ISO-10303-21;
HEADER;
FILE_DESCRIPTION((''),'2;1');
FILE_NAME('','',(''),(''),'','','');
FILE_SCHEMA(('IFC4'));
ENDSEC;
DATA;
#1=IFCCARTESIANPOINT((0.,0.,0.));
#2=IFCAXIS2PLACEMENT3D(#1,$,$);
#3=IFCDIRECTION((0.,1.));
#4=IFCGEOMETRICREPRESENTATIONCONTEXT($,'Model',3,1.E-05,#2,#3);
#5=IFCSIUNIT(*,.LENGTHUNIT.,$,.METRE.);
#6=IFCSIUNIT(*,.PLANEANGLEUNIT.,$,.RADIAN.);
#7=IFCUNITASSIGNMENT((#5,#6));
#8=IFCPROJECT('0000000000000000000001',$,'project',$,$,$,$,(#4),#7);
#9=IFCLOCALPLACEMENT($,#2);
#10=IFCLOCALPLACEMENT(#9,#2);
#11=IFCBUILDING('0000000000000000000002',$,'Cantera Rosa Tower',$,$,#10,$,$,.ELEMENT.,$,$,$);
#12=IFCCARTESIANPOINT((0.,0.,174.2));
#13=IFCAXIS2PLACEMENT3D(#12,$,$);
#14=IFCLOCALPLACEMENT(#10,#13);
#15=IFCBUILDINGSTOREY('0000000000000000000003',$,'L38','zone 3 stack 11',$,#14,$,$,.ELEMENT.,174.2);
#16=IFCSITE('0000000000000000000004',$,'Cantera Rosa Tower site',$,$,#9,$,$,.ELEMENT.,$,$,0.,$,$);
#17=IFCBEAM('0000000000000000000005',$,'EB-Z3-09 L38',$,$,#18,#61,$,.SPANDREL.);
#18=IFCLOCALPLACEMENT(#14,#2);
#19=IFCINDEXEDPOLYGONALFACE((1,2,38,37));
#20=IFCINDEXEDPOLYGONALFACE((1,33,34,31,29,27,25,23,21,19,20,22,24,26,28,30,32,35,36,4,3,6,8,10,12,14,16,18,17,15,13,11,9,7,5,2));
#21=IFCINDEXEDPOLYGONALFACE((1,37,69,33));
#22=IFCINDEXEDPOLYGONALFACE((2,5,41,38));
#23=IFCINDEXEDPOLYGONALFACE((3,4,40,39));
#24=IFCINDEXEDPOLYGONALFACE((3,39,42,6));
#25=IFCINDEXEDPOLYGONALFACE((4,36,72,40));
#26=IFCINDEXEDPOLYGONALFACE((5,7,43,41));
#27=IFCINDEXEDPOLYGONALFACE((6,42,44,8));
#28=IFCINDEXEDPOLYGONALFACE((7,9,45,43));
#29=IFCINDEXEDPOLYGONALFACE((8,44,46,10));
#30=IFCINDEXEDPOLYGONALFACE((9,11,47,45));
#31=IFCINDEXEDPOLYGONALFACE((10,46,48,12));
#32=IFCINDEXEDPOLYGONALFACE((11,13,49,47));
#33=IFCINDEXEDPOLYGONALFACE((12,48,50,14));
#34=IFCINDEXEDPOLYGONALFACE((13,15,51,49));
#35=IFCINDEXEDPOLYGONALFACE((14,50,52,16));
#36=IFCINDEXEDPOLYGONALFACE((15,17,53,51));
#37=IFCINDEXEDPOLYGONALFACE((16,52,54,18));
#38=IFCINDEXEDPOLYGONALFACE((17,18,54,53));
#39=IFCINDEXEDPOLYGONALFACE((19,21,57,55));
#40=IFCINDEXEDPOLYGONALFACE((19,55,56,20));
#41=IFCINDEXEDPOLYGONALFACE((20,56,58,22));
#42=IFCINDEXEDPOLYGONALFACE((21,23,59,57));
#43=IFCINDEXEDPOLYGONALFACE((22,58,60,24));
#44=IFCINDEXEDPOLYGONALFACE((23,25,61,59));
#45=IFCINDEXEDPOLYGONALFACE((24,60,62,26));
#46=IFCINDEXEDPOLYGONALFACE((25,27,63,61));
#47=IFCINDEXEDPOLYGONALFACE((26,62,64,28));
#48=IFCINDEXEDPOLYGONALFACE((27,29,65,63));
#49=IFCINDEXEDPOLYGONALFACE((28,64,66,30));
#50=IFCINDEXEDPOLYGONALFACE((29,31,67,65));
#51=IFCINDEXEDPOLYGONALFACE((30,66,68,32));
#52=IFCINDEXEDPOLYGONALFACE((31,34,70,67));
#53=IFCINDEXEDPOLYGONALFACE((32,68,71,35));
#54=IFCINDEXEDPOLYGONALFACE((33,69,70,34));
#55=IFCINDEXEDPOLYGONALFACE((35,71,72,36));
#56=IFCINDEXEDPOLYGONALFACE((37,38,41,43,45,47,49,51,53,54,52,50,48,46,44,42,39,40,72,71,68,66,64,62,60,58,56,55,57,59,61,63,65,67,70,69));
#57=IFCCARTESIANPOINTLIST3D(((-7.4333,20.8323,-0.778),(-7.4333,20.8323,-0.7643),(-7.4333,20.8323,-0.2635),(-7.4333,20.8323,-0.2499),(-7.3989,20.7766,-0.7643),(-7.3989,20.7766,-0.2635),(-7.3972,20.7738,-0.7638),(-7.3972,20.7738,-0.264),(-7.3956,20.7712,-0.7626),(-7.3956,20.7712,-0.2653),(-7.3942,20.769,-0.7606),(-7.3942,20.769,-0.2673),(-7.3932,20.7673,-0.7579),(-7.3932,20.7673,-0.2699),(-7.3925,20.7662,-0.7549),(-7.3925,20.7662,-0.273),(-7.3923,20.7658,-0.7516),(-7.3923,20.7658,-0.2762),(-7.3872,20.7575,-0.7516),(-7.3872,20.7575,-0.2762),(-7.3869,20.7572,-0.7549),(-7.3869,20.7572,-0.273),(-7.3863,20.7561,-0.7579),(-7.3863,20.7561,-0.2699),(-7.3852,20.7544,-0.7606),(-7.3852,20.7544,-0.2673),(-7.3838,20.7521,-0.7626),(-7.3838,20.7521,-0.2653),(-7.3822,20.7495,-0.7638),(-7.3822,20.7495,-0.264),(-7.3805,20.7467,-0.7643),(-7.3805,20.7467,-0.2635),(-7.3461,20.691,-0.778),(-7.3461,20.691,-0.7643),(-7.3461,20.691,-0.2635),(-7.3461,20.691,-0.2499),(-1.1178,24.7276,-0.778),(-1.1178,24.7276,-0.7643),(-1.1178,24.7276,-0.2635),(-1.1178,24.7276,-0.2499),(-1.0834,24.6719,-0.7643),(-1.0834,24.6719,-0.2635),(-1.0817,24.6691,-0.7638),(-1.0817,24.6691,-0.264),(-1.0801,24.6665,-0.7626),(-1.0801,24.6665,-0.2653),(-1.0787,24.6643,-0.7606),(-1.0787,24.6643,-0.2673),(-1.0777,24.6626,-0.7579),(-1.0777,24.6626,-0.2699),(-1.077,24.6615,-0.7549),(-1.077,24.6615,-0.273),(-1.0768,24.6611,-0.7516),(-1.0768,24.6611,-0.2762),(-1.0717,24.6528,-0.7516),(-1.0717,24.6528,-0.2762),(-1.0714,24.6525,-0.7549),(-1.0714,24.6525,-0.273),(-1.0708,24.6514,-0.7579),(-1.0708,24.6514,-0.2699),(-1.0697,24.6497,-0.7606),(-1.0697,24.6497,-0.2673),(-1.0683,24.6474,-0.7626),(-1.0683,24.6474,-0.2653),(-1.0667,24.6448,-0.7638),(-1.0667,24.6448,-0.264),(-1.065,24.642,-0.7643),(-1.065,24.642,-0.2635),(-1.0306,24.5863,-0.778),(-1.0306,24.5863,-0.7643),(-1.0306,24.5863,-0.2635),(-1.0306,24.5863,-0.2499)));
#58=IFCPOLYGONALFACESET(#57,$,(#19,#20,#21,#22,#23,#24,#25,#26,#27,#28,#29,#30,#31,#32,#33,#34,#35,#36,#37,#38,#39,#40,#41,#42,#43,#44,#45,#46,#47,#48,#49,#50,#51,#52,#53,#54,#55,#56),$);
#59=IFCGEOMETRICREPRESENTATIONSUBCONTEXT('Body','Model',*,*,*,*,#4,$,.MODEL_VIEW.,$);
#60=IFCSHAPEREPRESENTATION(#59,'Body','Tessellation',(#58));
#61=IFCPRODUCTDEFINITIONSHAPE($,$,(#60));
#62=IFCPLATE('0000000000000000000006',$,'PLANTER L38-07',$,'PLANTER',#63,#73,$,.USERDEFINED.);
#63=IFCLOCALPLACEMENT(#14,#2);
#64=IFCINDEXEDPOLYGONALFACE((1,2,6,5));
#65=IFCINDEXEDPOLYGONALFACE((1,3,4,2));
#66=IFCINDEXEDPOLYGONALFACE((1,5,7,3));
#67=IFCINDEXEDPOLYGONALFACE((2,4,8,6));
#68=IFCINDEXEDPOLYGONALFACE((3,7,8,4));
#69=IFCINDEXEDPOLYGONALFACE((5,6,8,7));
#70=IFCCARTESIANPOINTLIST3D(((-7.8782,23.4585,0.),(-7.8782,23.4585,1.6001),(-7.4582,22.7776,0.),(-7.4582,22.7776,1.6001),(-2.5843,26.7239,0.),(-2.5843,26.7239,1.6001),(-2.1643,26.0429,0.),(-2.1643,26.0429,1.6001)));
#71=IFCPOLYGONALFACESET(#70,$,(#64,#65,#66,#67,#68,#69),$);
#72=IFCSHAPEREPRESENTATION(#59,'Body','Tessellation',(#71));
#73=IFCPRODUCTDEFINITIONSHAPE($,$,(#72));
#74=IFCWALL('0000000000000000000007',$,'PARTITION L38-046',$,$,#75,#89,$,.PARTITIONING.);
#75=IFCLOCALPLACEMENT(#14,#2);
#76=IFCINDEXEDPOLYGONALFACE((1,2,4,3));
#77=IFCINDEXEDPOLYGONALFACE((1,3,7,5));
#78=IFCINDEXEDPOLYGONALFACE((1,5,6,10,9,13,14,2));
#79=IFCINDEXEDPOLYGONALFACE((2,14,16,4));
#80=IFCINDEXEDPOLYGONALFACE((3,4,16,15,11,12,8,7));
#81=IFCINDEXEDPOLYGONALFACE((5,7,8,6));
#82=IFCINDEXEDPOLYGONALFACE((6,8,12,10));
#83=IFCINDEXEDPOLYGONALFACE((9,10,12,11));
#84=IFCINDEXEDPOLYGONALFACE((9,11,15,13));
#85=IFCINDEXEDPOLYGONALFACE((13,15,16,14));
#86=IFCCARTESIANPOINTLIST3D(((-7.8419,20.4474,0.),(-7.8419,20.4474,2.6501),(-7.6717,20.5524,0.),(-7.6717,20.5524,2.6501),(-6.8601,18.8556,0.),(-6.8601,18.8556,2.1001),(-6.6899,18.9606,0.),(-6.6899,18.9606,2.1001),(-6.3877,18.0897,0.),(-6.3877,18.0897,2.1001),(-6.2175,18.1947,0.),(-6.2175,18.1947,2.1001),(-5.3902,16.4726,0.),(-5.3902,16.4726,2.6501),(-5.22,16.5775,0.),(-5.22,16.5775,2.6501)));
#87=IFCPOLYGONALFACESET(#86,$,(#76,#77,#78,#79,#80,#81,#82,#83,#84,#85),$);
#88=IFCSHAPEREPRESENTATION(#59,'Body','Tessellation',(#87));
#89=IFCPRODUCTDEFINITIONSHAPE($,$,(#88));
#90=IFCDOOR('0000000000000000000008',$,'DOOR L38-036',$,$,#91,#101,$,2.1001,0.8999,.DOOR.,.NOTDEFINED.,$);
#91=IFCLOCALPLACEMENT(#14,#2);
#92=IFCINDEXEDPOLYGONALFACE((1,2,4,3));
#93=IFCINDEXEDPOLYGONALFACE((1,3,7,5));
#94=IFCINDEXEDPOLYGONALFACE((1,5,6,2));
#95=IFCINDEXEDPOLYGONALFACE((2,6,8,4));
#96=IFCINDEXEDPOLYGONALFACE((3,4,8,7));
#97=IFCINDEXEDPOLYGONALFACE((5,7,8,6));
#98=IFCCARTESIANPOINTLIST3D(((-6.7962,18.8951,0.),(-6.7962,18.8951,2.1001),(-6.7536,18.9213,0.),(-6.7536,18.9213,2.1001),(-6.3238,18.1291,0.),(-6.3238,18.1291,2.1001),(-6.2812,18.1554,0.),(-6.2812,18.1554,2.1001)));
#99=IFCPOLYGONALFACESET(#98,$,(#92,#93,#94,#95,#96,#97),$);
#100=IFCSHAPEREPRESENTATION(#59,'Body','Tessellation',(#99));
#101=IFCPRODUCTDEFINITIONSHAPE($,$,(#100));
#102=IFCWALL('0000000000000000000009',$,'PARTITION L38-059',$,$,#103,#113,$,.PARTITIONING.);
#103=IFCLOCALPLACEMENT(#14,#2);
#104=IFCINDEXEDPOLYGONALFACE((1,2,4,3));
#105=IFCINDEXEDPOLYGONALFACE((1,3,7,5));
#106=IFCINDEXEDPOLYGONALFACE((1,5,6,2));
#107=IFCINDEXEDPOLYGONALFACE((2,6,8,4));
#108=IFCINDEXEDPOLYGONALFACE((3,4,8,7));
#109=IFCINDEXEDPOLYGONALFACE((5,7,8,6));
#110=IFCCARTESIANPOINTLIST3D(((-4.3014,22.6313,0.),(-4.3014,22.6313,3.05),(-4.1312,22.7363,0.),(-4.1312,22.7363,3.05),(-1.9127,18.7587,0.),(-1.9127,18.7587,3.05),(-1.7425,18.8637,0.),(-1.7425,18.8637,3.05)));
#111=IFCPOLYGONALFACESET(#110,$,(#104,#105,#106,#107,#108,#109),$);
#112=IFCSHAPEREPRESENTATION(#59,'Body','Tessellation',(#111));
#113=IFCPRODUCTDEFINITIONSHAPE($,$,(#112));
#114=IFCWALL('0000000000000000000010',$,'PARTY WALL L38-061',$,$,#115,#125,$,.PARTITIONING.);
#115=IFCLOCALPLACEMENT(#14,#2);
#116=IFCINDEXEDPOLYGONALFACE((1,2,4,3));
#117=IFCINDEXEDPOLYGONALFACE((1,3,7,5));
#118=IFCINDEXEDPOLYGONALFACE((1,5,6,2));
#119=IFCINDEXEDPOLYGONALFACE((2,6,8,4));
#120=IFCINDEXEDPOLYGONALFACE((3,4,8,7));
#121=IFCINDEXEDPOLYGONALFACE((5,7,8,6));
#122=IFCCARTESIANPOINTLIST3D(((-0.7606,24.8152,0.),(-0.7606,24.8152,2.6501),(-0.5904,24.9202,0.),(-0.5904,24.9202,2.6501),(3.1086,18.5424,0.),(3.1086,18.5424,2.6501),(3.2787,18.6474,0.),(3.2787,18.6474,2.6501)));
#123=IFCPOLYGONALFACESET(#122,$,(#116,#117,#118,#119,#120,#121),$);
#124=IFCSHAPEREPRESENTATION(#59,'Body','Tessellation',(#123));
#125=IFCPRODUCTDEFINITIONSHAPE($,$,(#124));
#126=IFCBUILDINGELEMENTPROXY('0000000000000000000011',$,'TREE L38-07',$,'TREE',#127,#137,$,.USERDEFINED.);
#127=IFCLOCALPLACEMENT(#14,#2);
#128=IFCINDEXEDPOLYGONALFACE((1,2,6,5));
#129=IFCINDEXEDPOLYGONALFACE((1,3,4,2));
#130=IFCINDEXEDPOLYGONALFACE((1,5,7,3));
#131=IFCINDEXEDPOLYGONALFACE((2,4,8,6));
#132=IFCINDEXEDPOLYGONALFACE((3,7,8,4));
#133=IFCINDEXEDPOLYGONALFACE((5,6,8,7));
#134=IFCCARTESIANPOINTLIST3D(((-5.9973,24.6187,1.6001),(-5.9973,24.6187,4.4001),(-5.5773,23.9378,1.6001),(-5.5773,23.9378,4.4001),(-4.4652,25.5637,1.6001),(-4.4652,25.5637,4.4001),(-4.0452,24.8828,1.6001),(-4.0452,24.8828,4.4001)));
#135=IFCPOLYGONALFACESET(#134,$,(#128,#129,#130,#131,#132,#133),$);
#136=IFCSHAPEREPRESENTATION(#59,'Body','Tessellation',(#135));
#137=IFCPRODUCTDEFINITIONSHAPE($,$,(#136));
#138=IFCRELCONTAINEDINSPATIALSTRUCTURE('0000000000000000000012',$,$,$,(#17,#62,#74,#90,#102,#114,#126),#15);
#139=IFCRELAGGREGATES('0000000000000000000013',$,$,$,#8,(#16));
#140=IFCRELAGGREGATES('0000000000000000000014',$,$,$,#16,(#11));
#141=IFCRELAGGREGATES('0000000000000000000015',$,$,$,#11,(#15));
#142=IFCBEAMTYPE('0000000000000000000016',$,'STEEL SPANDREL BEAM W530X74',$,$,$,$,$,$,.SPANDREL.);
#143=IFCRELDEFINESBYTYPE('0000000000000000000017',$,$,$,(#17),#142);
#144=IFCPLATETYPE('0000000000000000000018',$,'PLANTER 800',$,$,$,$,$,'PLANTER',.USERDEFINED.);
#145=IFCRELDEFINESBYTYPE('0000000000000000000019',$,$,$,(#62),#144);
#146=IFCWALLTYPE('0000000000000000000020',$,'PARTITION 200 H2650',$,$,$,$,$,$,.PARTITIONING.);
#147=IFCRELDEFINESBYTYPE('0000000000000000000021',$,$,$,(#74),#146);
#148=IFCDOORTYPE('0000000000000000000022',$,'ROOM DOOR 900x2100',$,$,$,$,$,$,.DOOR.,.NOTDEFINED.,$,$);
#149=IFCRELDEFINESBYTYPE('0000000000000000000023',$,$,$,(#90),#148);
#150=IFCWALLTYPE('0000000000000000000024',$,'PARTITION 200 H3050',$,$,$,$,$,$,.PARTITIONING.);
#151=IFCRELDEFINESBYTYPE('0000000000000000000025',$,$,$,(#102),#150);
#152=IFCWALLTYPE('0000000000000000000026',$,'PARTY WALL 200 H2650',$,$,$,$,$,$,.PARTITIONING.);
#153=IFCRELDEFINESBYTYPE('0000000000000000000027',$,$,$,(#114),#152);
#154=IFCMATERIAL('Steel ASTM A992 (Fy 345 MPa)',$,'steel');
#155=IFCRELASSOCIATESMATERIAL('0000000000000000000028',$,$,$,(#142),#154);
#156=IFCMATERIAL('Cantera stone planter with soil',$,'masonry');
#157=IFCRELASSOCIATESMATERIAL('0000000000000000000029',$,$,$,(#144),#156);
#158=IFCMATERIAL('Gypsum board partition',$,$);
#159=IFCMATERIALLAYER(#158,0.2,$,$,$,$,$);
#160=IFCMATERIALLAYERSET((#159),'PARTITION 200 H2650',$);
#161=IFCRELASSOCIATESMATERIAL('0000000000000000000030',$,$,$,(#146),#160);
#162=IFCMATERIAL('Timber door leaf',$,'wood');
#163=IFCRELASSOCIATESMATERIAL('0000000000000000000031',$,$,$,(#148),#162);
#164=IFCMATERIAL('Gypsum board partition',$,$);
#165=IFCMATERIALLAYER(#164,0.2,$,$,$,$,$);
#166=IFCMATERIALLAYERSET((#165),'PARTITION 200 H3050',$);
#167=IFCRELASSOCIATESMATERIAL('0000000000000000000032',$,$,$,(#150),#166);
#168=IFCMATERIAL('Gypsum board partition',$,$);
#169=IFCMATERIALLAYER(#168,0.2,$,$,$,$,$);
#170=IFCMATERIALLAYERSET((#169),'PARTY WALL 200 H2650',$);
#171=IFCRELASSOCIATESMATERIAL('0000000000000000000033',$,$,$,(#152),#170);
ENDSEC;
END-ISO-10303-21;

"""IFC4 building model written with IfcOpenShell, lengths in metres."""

from ifc_helpers import new_model, si_unit, direction, frame, frame_2d, origin, origin_2d, place, context, subcontext, project, spatial, rectangle, i_section, extrude, material, layer, layer_set, material_profile, profile_set, type_object, element, fill, save


model = new_model("IFC4")

# Units and contexts
model_context = context("Model", 3, precision=1e-05, world=origin(), true_north=direction((0.0, 1.0)))
body_context = subcontext(model_context, "Body", "Model", "MODEL_VIEW")
ifc_project = project(units=[si_unit("LENGTHUNIT", "METRE"), si_unit("PLANEANGLEUNIT", "RADIAN")], contexts=[model_context])

# Site, building, storey
site_placement = place(None, origin())
site = spatial("IfcSite", under=ifc_project, at=site_placement, Name="Cantera Rosa Tower site", CompositionType="ELEMENT", RefElevation=0.0)
building_placement = place(site_placement, origin())
building = spatial("IfcBuilding", under=site, at=building_placement, Name="Cantera Rosa Tower", CompositionType="ELEMENT")
storey_placement = place(building_placement, frame((0.0, 0.0, 174.2)))
storey = spatial("IfcBuildingStorey", under=building, at=storey_placement, Name="L38", Description="zone 3 stack 11", CompositionType="ELEMENT", Elevation=174.2)

# Beam
ifc_material_1 = material(Name="Steel ASTM A992 (Fy 345 MPa)", Category="steel")
ifc_material_profile_1 = material_profile(ifc_material_1, i_section(OverallWidth=0.166, OverallDepth=0.5281, WebThickness=0.0098, FlangeThickness=0.0137, FilletRadius=0.0127, at=origin_2d()), Name="W530X74")
ifc_profile_set_1 = profile_set([ifc_material_profile_1], Name="Steel ASTM A992 (Fy 345 MPa)")
beam_type_1 = type_object("IfcBeamType", Name="STEEL SPANDREL BEAM W530X74", PredefinedType="SPANDREL", material=ifc_profile_set_1)
beam_1_placement = place(storey_placement, frame((-1.0742, 24.657, -0.5139), z_axis=(-0.851126, -0.524962, 0.0), x_axis=(0.524962, -0.851126, 0.0)))
element("IfcBeam", 1, at=beam_1_placement, inside=storey, type_object=beam_type_1, Name="EB-Z3-09 L38", PredefinedType="SPANDREL", context=body_context, shape_type="SweptSolid", body=[
    extrude(i_section(OverallWidth=0.166, OverallDepth=0.5281, WebThickness=0.0098, FlangeThickness=0.0137, FilletRadius=0.0127, at=origin_2d()), origin(), (0.0, 0.0, 1.0), 7.4202),
])

# Plate
ifc_material_2 = material(Name="Cantera stone planter with soil", Category="masonry")
plate_type = type_object("IfcPlateType", Name="PLANTER 800", ElementType="PLANTER", PredefinedType="USERDEFINED", material=ifc_material_2)
plate_placement = place(storey_placement, frame((-5.0212, 24.7507, 0.0), z_axis=(0.0, 0.0, 1.0), x_axis=(-0.851117, -0.524977, 0.0)))
element("IfcPlate", 2, at=plate_placement, inside=storey, type_object=plate_type, Name="PLANTER L38-07", ObjectType="PLANTER", PredefinedType="USERDEFINED", context=body_context, shape_type="SweptSolid", body=[
    extrude(rectangle(XDim=6.22, YDim=0.8, at=origin_2d()), origin(), (0.0, 0.0, 1.0), 1.6001),
])

# Wall, opening, door
ifc_material_3 = material(Name="Gypsum board partition")
ifc_layer_1 = layer(ifc_material_3, 0.2)
ifc_layer_set_1 = layer_set([ifc_layer_1], Name="PARTITION 200 H2650")
wall_type_1 = type_object("IfcWallType", Name="PARTITION 200 H2650", PredefinedType="PARTITIONING", material=ifc_layer_set_1)
wall_1_placement = place(storey_placement, frame((-5.3052, 16.5251, 0.0), z_axis=(0.0, 0.0, 1.0), x_axis=(-0.524966, 0.851123, 0.0)))
wall_1 = element("IfcWall", 3, at=wall_1_placement, inside=storey, type_object=wall_type_1, Name="PARTITION L38-046", PredefinedType="PARTITIONING", context=body_context, shape_type="SweptSolid", body=[
    extrude(rectangle(XDim=4.6702, YDim=0.2, at=frame_2d((2.335, 0.0))), origin(), (0.0, 0.0, 1.0), 2.6501),
])
opening_1_placement = place(wall_1_placement, frame((1.8999, 0.0, 0.0)))
opening_1 = element("IfcOpeningElement", 4, at=opening_1_placement, cuts=wall_1, PredefinedType="OPENING", context=body_context, shape_type="SweptSolid", body=[
    extrude(rectangle(XDim=0.8999, YDim=2.1001, at=frame_2d((0.45, 1.05))), frame((0.0, 0.1099, 0.0), z_axis=(0.0, -1.0, 0.0), x_axis=(1.0, 0.0, 0.0)), (0.0, 0.0, 1.0), 0.22),
])
ifc_material_4 = material(Name="Timber door leaf", Category="wood")
door_type_1 = type_object("IfcDoorType", Name="ROOM DOOR 900x2100", OperationType="NOTDEFINED", PredefinedType="DOOR", material=ifc_material_4)
door_1_placement = place(opening_1_placement, origin())
door_1 = element("IfcDoor", 5, at=door_1_placement, inside=storey, type_object=door_type_1, Name="DOOR L38-036", OperationType="NOTDEFINED", OverallHeight=2.1001, OverallWidth=0.8999, PredefinedType="DOOR", context=body_context, shape_type="SweptSolid", body=[
    extrude(rectangle(XDim=0.8999, YDim=2.1001, at=frame_2d((0.45, 1.05))), frame((0.0, 0.0249, 0.0), z_axis=(0.0, -1.0, 0.0), x_axis=(1.0, 0.0, 0.0)), (0.0, 0.0, 1.0), 0.05),
])
fill(opening_1, door_1)

# Walls
ifc_material_5 = material(Name="Gypsum board partition")
ifc_layer_2 = layer(ifc_material_5, 0.2)
ifc_layer_set_2 = layer_set([ifc_layer_2], Name="PARTITION 200 H3050")
wall_type_2 = type_object("IfcWallType", Name="PARTITION 200 H3050", PredefinedType="PARTITIONING", material=ifc_layer_set_2)
wall_2_placement = place(storey_placement, frame((-1.8276, 18.8113, 0.0), z_axis=(0.0, 0.0, 1.0), x_axis=(-0.524983, 0.851113, 0.0)))
element("IfcWall", 6, at=wall_2_placement, inside=storey, type_object=wall_type_2, Name="PARTITION L38-059", PredefinedType="PARTITIONING", context=body_context, shape_type="SweptSolid", body=[
    extrude(rectangle(XDim=4.55, YDim=0.2, at=frame_2d((2.2749, 0.0))), origin(), (0.0, 0.0, 1.0), 3.05),
])
ifc_material_6 = material(Name="Gypsum board partition")
ifc_layer_3 = layer(ifc_material_6, 0.2)
ifc_layer_set_3 = layer_set([ifc_layer_3], Name="PARTY WALL 200 H2650")
wall_type_3 = type_object("IfcWallType", Name="PARTY WALL 200 H2650", PredefinedType="PARTITIONING", material=ifc_layer_set_3)
wall_3_placement = place(storey_placement, frame((-0.6755, 24.8677, 0.0), z_axis=(0.0, 0.0, 1.0), x_axis=(0.524984, -0.851112, 0.0)))
element("IfcWall", 7, at=wall_3_placement, inside=storey, type_object=wall_type_3, Name="PARTY WALL L38-061", PredefinedType="PARTITIONING", context=body_context, shape_type="SweptSolid", body=[
    extrude(rectangle(XDim=7.3701, YDim=0.2, at=frame_2d((3.6851, 0.0))), origin(), (0.0, 0.0, 1.0), 2.6501),
])

# Building element proxy
proxy_placement = place(storey_placement, frame((-5.0212, 24.7507, 1.6001), z_axis=(0.0, 0.0, 1.0), x_axis=(-0.851117, -0.524977, 0.0)))
element("IfcBuildingElementProxy", 8, at=proxy_placement, inside=storey, Name="TREE L38-07", ObjectType="TREE", PredefinedType="USERDEFINED", context=body_context, shape_type="SweptSolid", body=[
    extrude(rectangle(XDim=1.8, YDim=0.8, at=origin_2d()), origin(), (0.0, 0.0, 1.0), 2.8),
])

save(model, "model.ifc")
